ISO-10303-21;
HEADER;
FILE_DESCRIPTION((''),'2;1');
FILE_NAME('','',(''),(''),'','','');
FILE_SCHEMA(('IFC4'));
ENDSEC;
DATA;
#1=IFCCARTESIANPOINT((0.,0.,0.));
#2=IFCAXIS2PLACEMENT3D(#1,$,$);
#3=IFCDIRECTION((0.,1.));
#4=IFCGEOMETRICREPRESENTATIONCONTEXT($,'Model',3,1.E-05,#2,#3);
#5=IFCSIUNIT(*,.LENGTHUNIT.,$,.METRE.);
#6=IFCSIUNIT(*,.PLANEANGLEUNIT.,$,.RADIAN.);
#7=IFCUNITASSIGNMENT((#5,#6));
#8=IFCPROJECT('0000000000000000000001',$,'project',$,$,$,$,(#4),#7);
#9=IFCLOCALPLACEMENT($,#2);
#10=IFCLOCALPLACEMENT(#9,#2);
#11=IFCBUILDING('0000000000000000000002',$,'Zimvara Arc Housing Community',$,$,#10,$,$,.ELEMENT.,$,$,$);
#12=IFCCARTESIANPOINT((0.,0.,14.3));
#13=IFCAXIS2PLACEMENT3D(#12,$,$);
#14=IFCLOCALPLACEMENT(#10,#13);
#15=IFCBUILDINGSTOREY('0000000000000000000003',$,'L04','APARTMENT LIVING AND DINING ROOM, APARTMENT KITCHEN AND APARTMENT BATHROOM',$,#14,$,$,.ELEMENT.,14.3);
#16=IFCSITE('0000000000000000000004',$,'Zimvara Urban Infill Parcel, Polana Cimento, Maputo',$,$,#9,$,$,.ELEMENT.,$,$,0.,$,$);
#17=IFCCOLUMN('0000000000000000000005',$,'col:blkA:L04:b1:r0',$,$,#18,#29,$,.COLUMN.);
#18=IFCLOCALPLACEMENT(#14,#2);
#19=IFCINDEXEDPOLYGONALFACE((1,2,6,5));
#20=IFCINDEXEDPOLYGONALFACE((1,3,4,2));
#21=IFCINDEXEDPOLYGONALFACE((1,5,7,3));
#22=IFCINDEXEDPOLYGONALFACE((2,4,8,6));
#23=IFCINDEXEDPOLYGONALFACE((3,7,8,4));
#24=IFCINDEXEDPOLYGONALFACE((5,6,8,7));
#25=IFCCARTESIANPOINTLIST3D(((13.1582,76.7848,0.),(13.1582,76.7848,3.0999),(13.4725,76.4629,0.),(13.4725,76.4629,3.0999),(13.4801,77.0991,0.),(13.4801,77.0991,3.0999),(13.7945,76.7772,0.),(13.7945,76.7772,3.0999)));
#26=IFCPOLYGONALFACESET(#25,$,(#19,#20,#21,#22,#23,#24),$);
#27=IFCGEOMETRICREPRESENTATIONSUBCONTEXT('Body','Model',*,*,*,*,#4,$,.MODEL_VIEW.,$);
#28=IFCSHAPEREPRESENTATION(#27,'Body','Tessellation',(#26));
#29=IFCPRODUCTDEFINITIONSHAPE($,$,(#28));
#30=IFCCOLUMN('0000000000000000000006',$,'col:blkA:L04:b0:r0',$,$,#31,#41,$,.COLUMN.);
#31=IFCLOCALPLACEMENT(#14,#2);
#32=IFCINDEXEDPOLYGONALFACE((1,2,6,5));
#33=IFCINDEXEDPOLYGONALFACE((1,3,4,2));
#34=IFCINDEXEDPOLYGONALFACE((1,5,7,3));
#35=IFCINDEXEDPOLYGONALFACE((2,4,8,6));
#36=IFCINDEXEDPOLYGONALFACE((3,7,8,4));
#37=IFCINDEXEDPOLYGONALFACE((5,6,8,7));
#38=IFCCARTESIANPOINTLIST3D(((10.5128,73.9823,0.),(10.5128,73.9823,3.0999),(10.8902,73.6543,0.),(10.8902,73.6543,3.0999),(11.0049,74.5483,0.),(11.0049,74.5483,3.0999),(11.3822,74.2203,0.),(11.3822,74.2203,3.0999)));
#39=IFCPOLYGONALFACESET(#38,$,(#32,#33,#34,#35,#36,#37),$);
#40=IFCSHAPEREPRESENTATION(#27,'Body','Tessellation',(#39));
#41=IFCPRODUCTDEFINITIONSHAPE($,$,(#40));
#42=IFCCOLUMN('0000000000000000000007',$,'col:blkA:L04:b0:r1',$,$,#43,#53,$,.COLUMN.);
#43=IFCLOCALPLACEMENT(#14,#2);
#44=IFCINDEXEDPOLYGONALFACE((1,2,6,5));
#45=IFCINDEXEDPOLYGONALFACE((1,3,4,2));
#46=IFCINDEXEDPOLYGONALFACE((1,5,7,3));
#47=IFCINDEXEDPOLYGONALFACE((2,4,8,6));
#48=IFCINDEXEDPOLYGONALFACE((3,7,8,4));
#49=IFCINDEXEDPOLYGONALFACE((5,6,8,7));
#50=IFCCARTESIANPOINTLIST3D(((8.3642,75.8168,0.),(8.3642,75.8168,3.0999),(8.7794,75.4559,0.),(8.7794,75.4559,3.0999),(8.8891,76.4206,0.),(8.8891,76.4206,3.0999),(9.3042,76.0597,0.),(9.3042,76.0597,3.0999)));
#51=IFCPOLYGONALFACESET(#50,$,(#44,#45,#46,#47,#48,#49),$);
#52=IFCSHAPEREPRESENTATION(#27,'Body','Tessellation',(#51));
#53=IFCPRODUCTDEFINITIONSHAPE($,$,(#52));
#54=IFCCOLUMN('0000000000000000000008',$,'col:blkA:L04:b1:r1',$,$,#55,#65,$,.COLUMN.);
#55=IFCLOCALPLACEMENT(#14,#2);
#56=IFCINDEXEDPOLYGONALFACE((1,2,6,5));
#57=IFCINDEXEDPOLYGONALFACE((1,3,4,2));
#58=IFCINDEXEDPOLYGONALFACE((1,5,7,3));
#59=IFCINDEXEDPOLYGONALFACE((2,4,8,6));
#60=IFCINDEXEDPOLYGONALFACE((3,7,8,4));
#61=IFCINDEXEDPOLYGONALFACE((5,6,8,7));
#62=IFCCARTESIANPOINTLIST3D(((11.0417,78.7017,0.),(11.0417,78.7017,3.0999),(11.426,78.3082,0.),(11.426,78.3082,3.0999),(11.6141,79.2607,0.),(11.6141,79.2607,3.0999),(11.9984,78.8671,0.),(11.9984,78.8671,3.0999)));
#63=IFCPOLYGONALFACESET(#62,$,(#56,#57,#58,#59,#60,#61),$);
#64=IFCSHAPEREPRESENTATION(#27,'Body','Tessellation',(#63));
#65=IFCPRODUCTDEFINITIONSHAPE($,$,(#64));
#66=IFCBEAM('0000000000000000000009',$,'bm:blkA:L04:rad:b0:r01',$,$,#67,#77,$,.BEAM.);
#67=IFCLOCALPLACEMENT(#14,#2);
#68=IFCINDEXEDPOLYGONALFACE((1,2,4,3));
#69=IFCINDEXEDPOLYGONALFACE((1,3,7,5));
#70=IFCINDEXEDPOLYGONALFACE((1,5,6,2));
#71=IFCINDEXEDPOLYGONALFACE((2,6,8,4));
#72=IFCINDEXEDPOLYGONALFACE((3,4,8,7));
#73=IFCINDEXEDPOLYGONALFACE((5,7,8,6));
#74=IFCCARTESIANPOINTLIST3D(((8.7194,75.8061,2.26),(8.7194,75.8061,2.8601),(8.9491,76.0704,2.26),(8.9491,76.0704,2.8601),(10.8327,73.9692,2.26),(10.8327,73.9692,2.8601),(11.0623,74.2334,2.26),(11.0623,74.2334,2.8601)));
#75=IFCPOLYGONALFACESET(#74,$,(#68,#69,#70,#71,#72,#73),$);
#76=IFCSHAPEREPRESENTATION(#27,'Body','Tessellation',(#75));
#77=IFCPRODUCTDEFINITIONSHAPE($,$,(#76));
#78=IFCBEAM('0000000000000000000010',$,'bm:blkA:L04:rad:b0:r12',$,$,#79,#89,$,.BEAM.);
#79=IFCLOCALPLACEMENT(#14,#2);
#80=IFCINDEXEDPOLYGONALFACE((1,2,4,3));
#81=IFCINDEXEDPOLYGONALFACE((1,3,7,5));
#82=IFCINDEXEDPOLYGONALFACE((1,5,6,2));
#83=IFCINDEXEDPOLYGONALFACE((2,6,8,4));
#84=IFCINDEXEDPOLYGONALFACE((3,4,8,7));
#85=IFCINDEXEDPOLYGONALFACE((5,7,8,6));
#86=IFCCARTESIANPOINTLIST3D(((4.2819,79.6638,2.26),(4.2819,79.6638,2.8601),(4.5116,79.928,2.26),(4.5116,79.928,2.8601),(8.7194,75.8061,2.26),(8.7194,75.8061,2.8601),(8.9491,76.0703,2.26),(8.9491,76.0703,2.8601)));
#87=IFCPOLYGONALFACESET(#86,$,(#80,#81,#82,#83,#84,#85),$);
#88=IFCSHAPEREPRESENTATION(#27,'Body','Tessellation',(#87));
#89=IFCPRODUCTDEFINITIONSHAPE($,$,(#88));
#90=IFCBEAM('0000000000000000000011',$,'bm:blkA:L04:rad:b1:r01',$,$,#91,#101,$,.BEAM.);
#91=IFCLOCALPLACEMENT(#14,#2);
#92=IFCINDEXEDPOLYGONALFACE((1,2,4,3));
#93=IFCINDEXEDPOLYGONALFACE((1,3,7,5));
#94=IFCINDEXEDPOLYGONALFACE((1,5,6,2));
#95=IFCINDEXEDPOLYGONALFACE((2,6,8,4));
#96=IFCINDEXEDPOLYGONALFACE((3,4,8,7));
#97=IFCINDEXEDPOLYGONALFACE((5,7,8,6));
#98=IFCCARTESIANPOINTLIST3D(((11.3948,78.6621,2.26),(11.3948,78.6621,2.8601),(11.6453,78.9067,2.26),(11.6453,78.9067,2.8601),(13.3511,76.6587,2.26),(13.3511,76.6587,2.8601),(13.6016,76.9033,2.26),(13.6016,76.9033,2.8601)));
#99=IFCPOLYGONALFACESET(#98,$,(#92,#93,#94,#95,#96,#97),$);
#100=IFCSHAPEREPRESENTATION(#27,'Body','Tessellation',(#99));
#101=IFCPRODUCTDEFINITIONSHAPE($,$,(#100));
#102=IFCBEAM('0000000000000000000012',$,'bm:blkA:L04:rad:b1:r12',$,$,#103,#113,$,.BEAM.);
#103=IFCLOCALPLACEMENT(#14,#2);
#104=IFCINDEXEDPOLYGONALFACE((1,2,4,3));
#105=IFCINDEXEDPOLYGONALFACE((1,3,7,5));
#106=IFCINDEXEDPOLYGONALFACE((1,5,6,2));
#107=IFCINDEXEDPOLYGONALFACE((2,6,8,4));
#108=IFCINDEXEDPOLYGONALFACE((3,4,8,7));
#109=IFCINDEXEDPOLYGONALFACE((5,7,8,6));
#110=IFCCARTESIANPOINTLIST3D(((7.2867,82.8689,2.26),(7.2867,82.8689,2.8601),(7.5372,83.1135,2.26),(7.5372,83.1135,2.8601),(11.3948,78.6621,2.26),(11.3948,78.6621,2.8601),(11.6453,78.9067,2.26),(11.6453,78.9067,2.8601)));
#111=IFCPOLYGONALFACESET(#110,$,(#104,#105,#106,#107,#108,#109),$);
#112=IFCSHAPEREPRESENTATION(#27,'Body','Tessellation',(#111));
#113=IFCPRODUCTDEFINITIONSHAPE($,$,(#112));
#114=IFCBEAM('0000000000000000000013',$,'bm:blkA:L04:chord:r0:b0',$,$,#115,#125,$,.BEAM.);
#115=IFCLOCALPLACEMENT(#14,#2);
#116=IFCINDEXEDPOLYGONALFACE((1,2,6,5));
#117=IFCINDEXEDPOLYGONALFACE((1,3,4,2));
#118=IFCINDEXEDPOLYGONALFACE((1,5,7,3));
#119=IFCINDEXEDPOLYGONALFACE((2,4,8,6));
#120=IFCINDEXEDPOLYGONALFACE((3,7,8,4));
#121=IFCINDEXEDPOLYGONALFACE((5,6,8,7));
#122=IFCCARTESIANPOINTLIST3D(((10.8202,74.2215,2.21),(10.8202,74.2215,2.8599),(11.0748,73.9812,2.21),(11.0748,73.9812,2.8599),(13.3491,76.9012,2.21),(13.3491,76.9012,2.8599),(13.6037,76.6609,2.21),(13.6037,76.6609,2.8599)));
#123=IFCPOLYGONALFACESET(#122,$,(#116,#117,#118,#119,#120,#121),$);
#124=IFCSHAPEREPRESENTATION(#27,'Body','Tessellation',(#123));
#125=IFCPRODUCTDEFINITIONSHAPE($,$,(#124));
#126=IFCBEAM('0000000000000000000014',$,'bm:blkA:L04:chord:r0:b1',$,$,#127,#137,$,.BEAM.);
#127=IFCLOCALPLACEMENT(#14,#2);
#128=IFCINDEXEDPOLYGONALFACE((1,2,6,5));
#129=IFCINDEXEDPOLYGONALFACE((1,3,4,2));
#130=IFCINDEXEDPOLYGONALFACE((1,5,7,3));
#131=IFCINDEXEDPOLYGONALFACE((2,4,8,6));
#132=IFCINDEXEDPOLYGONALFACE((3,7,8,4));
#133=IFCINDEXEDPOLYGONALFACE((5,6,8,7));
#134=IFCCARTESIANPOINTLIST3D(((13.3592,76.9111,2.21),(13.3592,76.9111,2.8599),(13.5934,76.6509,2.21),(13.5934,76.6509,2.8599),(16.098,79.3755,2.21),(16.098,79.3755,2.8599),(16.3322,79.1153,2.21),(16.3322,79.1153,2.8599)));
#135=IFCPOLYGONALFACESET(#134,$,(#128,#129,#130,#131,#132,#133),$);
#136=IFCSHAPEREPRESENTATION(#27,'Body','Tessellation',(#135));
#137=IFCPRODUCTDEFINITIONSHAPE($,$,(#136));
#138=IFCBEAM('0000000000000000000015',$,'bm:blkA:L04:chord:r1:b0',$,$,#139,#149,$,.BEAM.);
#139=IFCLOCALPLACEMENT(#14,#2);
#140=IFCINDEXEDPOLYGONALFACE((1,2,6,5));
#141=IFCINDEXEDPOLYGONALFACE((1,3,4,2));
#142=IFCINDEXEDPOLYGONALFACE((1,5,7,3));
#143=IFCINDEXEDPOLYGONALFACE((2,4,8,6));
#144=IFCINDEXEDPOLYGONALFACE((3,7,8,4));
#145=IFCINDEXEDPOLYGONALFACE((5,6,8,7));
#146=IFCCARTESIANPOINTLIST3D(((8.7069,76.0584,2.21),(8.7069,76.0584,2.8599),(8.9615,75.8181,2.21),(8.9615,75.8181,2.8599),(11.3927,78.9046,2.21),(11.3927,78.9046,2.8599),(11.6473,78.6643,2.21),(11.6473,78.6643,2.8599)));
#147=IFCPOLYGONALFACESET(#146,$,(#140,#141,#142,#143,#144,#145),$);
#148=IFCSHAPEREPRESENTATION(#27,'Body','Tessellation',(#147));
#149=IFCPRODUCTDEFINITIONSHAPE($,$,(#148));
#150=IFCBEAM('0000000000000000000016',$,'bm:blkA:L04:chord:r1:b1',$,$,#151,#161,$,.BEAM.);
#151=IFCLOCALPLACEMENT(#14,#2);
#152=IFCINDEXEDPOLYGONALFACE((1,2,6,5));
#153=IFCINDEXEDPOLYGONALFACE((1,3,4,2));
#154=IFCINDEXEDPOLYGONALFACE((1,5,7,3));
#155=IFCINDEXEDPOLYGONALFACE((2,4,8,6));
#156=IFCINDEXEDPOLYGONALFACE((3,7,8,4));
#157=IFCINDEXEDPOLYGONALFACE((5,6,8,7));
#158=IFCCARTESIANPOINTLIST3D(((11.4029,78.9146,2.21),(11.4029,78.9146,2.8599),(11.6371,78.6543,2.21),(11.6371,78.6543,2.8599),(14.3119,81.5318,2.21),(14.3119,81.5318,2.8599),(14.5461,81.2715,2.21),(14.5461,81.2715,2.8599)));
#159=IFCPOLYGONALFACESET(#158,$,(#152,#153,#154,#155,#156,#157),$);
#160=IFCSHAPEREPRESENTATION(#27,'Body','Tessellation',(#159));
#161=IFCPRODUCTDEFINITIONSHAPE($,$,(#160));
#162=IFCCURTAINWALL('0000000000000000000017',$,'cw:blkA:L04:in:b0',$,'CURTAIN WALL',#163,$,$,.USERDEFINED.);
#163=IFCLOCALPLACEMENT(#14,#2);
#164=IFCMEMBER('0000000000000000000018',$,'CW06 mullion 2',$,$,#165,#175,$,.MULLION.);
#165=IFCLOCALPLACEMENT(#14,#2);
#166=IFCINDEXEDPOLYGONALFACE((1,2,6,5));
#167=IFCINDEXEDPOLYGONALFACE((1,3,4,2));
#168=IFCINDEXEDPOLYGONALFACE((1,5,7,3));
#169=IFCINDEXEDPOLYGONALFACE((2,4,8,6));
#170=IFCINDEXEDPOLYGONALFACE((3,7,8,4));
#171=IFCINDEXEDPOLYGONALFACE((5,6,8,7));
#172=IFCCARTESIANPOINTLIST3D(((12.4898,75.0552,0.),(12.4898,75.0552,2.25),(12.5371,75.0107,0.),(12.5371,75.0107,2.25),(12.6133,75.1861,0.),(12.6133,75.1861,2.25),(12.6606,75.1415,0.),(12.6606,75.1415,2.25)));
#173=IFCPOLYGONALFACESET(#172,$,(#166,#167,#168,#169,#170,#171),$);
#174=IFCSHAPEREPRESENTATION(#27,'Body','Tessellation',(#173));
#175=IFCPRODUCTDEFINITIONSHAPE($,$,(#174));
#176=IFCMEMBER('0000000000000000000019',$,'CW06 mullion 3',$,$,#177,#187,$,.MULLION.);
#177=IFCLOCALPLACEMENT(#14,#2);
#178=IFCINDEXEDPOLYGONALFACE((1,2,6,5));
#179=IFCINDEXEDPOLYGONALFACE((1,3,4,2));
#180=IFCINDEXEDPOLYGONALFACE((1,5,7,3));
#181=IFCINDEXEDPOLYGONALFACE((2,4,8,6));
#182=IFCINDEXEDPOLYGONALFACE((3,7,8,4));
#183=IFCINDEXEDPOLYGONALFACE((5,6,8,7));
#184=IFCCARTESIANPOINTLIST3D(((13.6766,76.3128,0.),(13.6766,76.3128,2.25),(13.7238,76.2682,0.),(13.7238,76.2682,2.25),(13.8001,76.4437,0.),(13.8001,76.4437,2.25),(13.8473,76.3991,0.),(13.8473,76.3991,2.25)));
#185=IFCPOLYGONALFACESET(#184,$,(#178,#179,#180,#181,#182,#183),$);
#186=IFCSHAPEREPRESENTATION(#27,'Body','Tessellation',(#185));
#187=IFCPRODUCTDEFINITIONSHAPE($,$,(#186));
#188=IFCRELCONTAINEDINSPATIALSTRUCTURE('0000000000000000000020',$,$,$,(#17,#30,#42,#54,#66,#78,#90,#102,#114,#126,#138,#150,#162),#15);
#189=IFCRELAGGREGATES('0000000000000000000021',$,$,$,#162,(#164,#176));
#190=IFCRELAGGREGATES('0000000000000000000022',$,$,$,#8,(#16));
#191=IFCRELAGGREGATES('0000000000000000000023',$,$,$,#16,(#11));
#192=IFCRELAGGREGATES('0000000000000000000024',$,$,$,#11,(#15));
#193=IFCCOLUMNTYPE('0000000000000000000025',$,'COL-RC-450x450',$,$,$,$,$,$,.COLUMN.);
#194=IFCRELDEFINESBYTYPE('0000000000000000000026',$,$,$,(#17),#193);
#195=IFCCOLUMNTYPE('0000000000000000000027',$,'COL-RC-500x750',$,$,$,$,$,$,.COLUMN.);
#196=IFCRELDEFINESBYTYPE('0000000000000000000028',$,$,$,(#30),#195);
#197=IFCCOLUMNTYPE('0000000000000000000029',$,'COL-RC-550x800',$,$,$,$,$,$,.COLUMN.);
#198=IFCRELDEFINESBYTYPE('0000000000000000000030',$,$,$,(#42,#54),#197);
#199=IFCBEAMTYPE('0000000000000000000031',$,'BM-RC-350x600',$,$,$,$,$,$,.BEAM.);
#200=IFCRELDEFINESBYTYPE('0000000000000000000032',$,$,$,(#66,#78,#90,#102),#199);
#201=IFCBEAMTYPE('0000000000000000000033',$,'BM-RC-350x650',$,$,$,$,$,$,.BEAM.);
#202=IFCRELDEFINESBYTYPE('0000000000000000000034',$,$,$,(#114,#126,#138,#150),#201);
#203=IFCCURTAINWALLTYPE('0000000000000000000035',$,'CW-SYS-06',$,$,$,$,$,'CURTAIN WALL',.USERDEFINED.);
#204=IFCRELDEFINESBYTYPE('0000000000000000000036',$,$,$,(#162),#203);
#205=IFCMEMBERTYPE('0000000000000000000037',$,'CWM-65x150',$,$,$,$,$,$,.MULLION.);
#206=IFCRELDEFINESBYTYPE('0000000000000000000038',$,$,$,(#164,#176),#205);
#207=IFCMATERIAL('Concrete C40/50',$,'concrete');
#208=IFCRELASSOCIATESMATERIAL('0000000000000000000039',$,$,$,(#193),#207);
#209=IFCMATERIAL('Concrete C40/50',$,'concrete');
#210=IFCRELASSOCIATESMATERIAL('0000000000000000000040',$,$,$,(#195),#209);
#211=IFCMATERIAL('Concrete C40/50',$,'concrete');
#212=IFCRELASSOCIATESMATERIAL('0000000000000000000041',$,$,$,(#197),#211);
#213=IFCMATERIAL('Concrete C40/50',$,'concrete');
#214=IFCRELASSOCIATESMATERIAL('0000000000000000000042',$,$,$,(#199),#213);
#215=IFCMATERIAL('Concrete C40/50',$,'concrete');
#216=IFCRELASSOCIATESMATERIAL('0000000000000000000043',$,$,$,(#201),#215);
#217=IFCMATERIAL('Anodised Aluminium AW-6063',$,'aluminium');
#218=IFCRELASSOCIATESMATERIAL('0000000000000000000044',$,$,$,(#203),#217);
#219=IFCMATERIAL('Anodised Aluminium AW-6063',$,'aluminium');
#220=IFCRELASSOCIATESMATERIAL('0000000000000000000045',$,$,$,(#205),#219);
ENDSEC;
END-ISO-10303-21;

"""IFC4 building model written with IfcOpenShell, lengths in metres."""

from ifc_helpers import new_model, si_unit, direction, frame, origin, origin_2d, place, context, subcontext, project, spatial, rectangle, extrude, material, material_profile, profile_set, type_object, element, aggregate, save


model = new_model("IFC4")

# Units and contexts
model_context = context("Model", 3, precision=1e-05, world=origin(), true_north=direction((0.0, 1.0)))
body_context = subcontext(model_context, "Body", "Model", "MODEL_VIEW")
ifc_project = project(units=[si_unit("LENGTHUNIT", "METRE"), si_unit("PLANEANGLEUNIT", "RADIAN")], contexts=[model_context])

# Site, building, storey
site_placement = place(None, origin())
site = spatial("IfcSite", under=ifc_project, at=site_placement, Name="Zimvara Urban Infill Parcel, Polana Cimento, Maputo", CompositionType="ELEMENT", RefElevation=0.0)
building_placement = place(site_placement, origin())
building = spatial("IfcBuilding", under=site, at=building_placement, Name="Zimvara Arc Housing Community", CompositionType="ELEMENT")
storey_placement = place(building_placement, frame((0.0, 0.0, 14.3)))
storey = spatial("IfcBuildingStorey", under=building, at=storey_placement, Name="L04", Description="APARTMENT LIVING AND DINING ROOM, APARTMENT KITCHEN AND APARTMENT BATHROOM", CompositionType="ELEMENT", Elevation=14.3)

# Columns
ifc_material_1 = material(Name="Concrete C40/50", Category="concrete")
ifc_material_profile_1 = material_profile(ifc_material_1, rectangle(XDim=0.45, YDim=0.45, at=origin_2d()), Name="RC 450x450")
ifc_profile_set_1 = profile_set([ifc_material_profile_1], Name="Concrete C40/50")
column_type_1 = type_object("IfcColumnType", Name="COL-RC-450x450", PredefinedType="COLUMN", material=ifc_profile_set_1)
column_1_placement = place(storey_placement, frame((13.4763, 76.781, 0.0), z_axis=(0.0, 0.0, 1.0), x_axis=(-0.698665, 0.715449, 0.0)))
element("IfcColumn", 1, at=column_1_placement, inside=storey, type_object=column_type_1, Name="col:blkA:L04:b1:r0", PredefinedType="COLUMN", context=body_context, shape_type="SweptSolid", body=[
    extrude(rectangle(XDim=0.45, YDim=0.45, at=origin_2d()), origin(), (0.0, 0.0, 1.0), 3.0999),
])
ifc_material_2 = material(Name="Concrete C40/50", Category="concrete")
ifc_material_profile_2 = material_profile(ifc_material_2, rectangle(XDim=0.5, YDim=0.75, at=origin_2d()), Name="RC 500x750")
ifc_profile_set_2 = profile_set([ifc_material_profile_2], Name="Concrete C40/50")
column_type_2 = type_object("IfcColumnType", Name="COL-RC-500x750", PredefinedType="COLUMN", material=ifc_profile_set_2)
column_2_placement = place(storey_placement, frame((10.9475, 74.1013, 0.0), z_axis=(0.0, 0.0, 1.0), x_axis=(-0.75471, 0.656059, 0.0)))
element("IfcColumn", 2, at=column_2_placement, inside=storey, type_object=column_type_2, Name="col:blkA:L04:b0:r0", PredefinedType="COLUMN", context=body_context, shape_type="SweptSolid", body=[
    extrude(rectangle(XDim=0.5, YDim=0.75, at=origin_2d()), origin(), (0.0, 0.0, 1.0), 3.0999),
])
ifc_material_3 = material(Name="Concrete C40/50", Category="concrete")
ifc_material_profile_3 = material_profile(ifc_material_3, rectangle(XDim=0.55, YDim=0.8, at=origin_2d()), Name="RC 550x800")
ifc_profile_set_3 = profile_set([ifc_material_profile_3], Name="Concrete C40/50")
column_type_3 = type_object("IfcColumnType", Name="COL-RC-550x800", PredefinedType="COLUMN", material=ifc_profile_set_3)
for number, where, z_axis, x_axis, name in (
    (3, (8.8342, 75.9382, 0.0), (0.0, 0.0, 1.0), (-0.75471, 0.656059, 0.0), "col:blkA:L04:b0:r1"),
    (4, (11.52, 78.7844, 0.0), (0.0, 0.0, 1.0), (-0.698665, 0.715449, 0.0), "col:blkA:L04:b1:r1"),
):
    element("IfcColumn", number, at=place(storey_placement, frame(where, z_axis=z_axis, x_axis=x_axis)), inside=storey, type_object=column_type_3, Name=name, PredefinedType="COLUMN", context=body_context, shape_type="SweptSolid", body=[
        extrude(rectangle(XDim=0.55, YDim=0.8, at=origin_2d()), origin(), (0.0, 0.0, 1.0), 3.0999),
    ])

# Beams
ifc_material_4 = material(Name="Concrete C40/50", Category="concrete")
ifc_material_profile_4 = material_profile(ifc_material_4, rectangle(XDim=0.3501, YDim=0.6001, at=origin_2d()), Name="RC 350x600")
ifc_profile_set_4 = profile_set([ifc_material_profile_4], Name="Concrete C40/50")
beam_type_1 = type_object("IfcBeamType", Name="BM-RC-350x600", PredefinedType="BEAM", material=ifc_profile_set_4)
beam_1_placement = place(storey_placement, frame((10.9475, 74.1013, 2.5601), z_axis=(-0.754733, 0.656032, 0.0), x_axis=(-0.656032, -0.754733, 0.0)))
element("IfcBeam", 5, at=beam_1_placement, inside=storey, type_object=beam_type_1, Name="bm:blkA:L04:rad:b0:r01", PredefinedType="BEAM", context=body_context, shape_type="SweptSolid", body=[
    extrude(rectangle(XDim=0.3501, YDim=0.6001, at=origin_2d()), origin(), (0.0, 0.0, 1.0), 2.8),
])
beam_2_placement = place(storey_placement, frame((8.8342, 75.9382, 2.5601), z_axis=(-0.754692, 0.656079, 0.0), x_axis=(-0.656079, -0.754692, 0.0)))
element("IfcBeam", 6, at=beam_2_placement, inside=storey, type_object=beam_type_1, Name="bm:blkA:L04:rad:b0:r12", PredefinedType="BEAM", context=body_context, shape_type="SweptSolid", body=[
    extrude(rectangle(XDim=0.3501, YDim=0.6001, at=origin_2d()), origin(), (0.0, 0.0, 1.0), 5.8799),
])
beam_3_placement = place(storey_placement, frame((13.4763, 76.781, 2.5601), z_axis=(-0.698643, 0.71547, 0.0), x_axis=(-0.71547, -0.698643, 0.0)))
element("IfcBeam", 7, at=beam_3_placement, inside=storey, type_object=beam_type_1, Name="bm:blkA:L04:rad:b1:r01", PredefinedType="BEAM", context=body_context, shape_type="SweptSolid", body=[
    extrude(rectangle(XDim=0.3501, YDim=0.6001, at=origin_2d()), origin(), (0.0, 0.0, 1.0), 2.8),
])
beam_4_placement = place(storey_placement, frame((11.52, 78.7844, 2.5601), z_axis=(-0.69867, 0.715444, 0.0), x_axis=(-0.715444, -0.69867, 0.0)))
element("IfcBeam", 8, at=beam_4_placement, inside=storey, type_object=beam_type_1, Name="bm:blkA:L04:rad:b1:r12", PredefinedType="BEAM", context=body_context, shape_type="SweptSolid", body=[
    extrude(rectangle(XDim=0.3501, YDim=0.6001, at=origin_2d()), origin(), (0.0, 0.0, 1.0), 5.8799),
])
ifc_material_5 = material(Name="Concrete C40/50", Category="concrete")
ifc_material_profile_5 = material_profile(ifc_material_5, rectangle(XDim=0.3501, YDim=0.6499, at=origin_2d()), Name="RC 350x650")
ifc_profile_set_5 = profile_set([ifc_material_profile_5], Name="Concrete C40/50")
beam_type_2 = type_object("IfcBeamType", Name="BM-RC-350x650", PredefinedType="BEAM", material=ifc_profile_set_5)
beam_5_placement = place(storey_placement, frame((10.9475, 74.1013, 2.5349), z_axis=(0.686336, 0.727285, 0.0), x_axis=(-0.727285, 0.686336, 0.0)))
element("IfcBeam", 9, at=beam_5_placement, inside=storey, type_object=beam_type_2, Name="bm:blkA:L04:chord:r0:b0", PredefinedType="BEAM", context=body_context, shape_type="SweptSolid", body=[
    extrude(rectangle(XDim=0.3501, YDim=0.6499, at=origin_2d()), origin(), (0.0, 0.0, 1.0), 3.6846),
])
beam_6_placement = place(storey_placement, frame((13.4763, 76.781, 2.5349), z_axis=(0.743367, 0.668884, 0.0), x_axis=(-0.668884, 0.743367, 0.0)))
element("IfcBeam", 10, at=beam_6_placement, inside=storey, type_object=beam_type_2, Name="bm:blkA:L04:chord:r0:b1", PredefinedType="BEAM", context=body_context, shape_type="SweptSolid", body=[
    extrude(rectangle(XDim=0.3501, YDim=0.6499, at=origin_2d()), origin(), (0.0, 0.0, 1.0), 3.6843),
])
beam_7_placement = place(storey_placement, frame((8.8342, 75.9382, 2.5349), z_axis=(0.686316, 0.727304, 0.0), x_axis=(-0.727304, 0.686316, 0.0)))
element("IfcBeam", 11, at=beam_7_placement, inside=storey, type_object=beam_type_2, Name="bm:blkA:L04:chord:r1:b0", PredefinedType="BEAM", context=body_context, shape_type="SweptSolid", body=[
    extrude(rectangle(XDim=0.3501, YDim=0.6499, at=origin_2d()), origin(), (0.0, 0.0, 1.0), 3.9133),
])
beam_8_placement = place(storey_placement, frame((11.52, 78.7844, 2.5349), z_axis=(0.743403, 0.668844, 0.0), x_axis=(-0.668844, 0.743403, 0.0)))
element("IfcBeam", 12, at=beam_8_placement, inside=storey, type_object=beam_type_2, Name="bm:blkA:L04:chord:r1:b1", PredefinedType="BEAM", context=body_context, shape_type="SweptSolid", body=[
    extrude(rectangle(XDim=0.3501, YDim=0.6499, at=origin_2d()), origin(), (0.0, 0.0, 1.0), 3.9131),
])

# Curtain wall, members
ifc_material_6 = material(Name="Anodised Aluminium AW-6063", Category="aluminium")
curtain_wall_type = type_object("IfcCurtainWallType", Name="CW-SYS-06", ElementType="CURTAIN WALL", PredefinedType="USERDEFINED", material=ifc_material_6)
curtain_wall_placement = place(storey_placement, origin())
curtain_wall = element("IfcCurtainWall", 13, at=curtain_wall_placement, inside=storey, type_object=curtain_wall_type, Name="cw:blkA:L04:in:b0", ObjectType="CURTAIN WALL", PredefinedType="USERDEFINED")
ifc_material_7 = material(Name="Anodised Aluminium AW-6063", Category="aluminium")
ifc_material_profile_6 = material_profile(ifc_material_7, rectangle(XDim=0.0649, YDim=0.1799, at=origin_2d()), Name="ALU 65x180")
ifc_profile_set_6 = profile_set([ifc_material_profile_6], Name="Anodised Aluminium AW-6063")
member_type_1 = type_object("IfcMemberType", Name="CWM-65x150", PredefinedType="MULLION", material=ifc_profile_set_6)
member_1_placement = place(storey_placement, frame((12.5752, 75.0984, 0.0), z_axis=(0.0, 0.0, 1.0), x_axis=(-0.727293, 0.686327, 0.0)))
member_1 = element("IfcMember", 14, at=member_1_placement, type_object=member_type_1, Name="CW06 mullion 2", PredefinedType="MULLION", context=body_context, shape_type="SweptSolid", body=[
    extrude(rectangle(XDim=0.0649, YDim=0.1799, at=origin_2d()), origin(), (0.0, 0.0, 1.0), 2.25),
])
member_2_placement = place(storey_placement, frame((13.762, 76.356, 0.0), z_axis=(0.0, 0.0, 1.0), x_axis=(-0.727293, 0.686327, 0.0)))
member_2 = element("IfcMember", 15, at=member_2_placement, type_object=member_type_1, Name="CW06 mullion 3", PredefinedType="MULLION", context=body_context, shape_type="SweptSolid", body=[
    extrude(rectangle(XDim=0.0649, YDim=0.1799, at=origin_2d()), origin(), (0.0, 0.0, 1.0), 2.25),
])
aggregate(curtain_wall, [member_1, member_2])

save(model, "model.ifc")
